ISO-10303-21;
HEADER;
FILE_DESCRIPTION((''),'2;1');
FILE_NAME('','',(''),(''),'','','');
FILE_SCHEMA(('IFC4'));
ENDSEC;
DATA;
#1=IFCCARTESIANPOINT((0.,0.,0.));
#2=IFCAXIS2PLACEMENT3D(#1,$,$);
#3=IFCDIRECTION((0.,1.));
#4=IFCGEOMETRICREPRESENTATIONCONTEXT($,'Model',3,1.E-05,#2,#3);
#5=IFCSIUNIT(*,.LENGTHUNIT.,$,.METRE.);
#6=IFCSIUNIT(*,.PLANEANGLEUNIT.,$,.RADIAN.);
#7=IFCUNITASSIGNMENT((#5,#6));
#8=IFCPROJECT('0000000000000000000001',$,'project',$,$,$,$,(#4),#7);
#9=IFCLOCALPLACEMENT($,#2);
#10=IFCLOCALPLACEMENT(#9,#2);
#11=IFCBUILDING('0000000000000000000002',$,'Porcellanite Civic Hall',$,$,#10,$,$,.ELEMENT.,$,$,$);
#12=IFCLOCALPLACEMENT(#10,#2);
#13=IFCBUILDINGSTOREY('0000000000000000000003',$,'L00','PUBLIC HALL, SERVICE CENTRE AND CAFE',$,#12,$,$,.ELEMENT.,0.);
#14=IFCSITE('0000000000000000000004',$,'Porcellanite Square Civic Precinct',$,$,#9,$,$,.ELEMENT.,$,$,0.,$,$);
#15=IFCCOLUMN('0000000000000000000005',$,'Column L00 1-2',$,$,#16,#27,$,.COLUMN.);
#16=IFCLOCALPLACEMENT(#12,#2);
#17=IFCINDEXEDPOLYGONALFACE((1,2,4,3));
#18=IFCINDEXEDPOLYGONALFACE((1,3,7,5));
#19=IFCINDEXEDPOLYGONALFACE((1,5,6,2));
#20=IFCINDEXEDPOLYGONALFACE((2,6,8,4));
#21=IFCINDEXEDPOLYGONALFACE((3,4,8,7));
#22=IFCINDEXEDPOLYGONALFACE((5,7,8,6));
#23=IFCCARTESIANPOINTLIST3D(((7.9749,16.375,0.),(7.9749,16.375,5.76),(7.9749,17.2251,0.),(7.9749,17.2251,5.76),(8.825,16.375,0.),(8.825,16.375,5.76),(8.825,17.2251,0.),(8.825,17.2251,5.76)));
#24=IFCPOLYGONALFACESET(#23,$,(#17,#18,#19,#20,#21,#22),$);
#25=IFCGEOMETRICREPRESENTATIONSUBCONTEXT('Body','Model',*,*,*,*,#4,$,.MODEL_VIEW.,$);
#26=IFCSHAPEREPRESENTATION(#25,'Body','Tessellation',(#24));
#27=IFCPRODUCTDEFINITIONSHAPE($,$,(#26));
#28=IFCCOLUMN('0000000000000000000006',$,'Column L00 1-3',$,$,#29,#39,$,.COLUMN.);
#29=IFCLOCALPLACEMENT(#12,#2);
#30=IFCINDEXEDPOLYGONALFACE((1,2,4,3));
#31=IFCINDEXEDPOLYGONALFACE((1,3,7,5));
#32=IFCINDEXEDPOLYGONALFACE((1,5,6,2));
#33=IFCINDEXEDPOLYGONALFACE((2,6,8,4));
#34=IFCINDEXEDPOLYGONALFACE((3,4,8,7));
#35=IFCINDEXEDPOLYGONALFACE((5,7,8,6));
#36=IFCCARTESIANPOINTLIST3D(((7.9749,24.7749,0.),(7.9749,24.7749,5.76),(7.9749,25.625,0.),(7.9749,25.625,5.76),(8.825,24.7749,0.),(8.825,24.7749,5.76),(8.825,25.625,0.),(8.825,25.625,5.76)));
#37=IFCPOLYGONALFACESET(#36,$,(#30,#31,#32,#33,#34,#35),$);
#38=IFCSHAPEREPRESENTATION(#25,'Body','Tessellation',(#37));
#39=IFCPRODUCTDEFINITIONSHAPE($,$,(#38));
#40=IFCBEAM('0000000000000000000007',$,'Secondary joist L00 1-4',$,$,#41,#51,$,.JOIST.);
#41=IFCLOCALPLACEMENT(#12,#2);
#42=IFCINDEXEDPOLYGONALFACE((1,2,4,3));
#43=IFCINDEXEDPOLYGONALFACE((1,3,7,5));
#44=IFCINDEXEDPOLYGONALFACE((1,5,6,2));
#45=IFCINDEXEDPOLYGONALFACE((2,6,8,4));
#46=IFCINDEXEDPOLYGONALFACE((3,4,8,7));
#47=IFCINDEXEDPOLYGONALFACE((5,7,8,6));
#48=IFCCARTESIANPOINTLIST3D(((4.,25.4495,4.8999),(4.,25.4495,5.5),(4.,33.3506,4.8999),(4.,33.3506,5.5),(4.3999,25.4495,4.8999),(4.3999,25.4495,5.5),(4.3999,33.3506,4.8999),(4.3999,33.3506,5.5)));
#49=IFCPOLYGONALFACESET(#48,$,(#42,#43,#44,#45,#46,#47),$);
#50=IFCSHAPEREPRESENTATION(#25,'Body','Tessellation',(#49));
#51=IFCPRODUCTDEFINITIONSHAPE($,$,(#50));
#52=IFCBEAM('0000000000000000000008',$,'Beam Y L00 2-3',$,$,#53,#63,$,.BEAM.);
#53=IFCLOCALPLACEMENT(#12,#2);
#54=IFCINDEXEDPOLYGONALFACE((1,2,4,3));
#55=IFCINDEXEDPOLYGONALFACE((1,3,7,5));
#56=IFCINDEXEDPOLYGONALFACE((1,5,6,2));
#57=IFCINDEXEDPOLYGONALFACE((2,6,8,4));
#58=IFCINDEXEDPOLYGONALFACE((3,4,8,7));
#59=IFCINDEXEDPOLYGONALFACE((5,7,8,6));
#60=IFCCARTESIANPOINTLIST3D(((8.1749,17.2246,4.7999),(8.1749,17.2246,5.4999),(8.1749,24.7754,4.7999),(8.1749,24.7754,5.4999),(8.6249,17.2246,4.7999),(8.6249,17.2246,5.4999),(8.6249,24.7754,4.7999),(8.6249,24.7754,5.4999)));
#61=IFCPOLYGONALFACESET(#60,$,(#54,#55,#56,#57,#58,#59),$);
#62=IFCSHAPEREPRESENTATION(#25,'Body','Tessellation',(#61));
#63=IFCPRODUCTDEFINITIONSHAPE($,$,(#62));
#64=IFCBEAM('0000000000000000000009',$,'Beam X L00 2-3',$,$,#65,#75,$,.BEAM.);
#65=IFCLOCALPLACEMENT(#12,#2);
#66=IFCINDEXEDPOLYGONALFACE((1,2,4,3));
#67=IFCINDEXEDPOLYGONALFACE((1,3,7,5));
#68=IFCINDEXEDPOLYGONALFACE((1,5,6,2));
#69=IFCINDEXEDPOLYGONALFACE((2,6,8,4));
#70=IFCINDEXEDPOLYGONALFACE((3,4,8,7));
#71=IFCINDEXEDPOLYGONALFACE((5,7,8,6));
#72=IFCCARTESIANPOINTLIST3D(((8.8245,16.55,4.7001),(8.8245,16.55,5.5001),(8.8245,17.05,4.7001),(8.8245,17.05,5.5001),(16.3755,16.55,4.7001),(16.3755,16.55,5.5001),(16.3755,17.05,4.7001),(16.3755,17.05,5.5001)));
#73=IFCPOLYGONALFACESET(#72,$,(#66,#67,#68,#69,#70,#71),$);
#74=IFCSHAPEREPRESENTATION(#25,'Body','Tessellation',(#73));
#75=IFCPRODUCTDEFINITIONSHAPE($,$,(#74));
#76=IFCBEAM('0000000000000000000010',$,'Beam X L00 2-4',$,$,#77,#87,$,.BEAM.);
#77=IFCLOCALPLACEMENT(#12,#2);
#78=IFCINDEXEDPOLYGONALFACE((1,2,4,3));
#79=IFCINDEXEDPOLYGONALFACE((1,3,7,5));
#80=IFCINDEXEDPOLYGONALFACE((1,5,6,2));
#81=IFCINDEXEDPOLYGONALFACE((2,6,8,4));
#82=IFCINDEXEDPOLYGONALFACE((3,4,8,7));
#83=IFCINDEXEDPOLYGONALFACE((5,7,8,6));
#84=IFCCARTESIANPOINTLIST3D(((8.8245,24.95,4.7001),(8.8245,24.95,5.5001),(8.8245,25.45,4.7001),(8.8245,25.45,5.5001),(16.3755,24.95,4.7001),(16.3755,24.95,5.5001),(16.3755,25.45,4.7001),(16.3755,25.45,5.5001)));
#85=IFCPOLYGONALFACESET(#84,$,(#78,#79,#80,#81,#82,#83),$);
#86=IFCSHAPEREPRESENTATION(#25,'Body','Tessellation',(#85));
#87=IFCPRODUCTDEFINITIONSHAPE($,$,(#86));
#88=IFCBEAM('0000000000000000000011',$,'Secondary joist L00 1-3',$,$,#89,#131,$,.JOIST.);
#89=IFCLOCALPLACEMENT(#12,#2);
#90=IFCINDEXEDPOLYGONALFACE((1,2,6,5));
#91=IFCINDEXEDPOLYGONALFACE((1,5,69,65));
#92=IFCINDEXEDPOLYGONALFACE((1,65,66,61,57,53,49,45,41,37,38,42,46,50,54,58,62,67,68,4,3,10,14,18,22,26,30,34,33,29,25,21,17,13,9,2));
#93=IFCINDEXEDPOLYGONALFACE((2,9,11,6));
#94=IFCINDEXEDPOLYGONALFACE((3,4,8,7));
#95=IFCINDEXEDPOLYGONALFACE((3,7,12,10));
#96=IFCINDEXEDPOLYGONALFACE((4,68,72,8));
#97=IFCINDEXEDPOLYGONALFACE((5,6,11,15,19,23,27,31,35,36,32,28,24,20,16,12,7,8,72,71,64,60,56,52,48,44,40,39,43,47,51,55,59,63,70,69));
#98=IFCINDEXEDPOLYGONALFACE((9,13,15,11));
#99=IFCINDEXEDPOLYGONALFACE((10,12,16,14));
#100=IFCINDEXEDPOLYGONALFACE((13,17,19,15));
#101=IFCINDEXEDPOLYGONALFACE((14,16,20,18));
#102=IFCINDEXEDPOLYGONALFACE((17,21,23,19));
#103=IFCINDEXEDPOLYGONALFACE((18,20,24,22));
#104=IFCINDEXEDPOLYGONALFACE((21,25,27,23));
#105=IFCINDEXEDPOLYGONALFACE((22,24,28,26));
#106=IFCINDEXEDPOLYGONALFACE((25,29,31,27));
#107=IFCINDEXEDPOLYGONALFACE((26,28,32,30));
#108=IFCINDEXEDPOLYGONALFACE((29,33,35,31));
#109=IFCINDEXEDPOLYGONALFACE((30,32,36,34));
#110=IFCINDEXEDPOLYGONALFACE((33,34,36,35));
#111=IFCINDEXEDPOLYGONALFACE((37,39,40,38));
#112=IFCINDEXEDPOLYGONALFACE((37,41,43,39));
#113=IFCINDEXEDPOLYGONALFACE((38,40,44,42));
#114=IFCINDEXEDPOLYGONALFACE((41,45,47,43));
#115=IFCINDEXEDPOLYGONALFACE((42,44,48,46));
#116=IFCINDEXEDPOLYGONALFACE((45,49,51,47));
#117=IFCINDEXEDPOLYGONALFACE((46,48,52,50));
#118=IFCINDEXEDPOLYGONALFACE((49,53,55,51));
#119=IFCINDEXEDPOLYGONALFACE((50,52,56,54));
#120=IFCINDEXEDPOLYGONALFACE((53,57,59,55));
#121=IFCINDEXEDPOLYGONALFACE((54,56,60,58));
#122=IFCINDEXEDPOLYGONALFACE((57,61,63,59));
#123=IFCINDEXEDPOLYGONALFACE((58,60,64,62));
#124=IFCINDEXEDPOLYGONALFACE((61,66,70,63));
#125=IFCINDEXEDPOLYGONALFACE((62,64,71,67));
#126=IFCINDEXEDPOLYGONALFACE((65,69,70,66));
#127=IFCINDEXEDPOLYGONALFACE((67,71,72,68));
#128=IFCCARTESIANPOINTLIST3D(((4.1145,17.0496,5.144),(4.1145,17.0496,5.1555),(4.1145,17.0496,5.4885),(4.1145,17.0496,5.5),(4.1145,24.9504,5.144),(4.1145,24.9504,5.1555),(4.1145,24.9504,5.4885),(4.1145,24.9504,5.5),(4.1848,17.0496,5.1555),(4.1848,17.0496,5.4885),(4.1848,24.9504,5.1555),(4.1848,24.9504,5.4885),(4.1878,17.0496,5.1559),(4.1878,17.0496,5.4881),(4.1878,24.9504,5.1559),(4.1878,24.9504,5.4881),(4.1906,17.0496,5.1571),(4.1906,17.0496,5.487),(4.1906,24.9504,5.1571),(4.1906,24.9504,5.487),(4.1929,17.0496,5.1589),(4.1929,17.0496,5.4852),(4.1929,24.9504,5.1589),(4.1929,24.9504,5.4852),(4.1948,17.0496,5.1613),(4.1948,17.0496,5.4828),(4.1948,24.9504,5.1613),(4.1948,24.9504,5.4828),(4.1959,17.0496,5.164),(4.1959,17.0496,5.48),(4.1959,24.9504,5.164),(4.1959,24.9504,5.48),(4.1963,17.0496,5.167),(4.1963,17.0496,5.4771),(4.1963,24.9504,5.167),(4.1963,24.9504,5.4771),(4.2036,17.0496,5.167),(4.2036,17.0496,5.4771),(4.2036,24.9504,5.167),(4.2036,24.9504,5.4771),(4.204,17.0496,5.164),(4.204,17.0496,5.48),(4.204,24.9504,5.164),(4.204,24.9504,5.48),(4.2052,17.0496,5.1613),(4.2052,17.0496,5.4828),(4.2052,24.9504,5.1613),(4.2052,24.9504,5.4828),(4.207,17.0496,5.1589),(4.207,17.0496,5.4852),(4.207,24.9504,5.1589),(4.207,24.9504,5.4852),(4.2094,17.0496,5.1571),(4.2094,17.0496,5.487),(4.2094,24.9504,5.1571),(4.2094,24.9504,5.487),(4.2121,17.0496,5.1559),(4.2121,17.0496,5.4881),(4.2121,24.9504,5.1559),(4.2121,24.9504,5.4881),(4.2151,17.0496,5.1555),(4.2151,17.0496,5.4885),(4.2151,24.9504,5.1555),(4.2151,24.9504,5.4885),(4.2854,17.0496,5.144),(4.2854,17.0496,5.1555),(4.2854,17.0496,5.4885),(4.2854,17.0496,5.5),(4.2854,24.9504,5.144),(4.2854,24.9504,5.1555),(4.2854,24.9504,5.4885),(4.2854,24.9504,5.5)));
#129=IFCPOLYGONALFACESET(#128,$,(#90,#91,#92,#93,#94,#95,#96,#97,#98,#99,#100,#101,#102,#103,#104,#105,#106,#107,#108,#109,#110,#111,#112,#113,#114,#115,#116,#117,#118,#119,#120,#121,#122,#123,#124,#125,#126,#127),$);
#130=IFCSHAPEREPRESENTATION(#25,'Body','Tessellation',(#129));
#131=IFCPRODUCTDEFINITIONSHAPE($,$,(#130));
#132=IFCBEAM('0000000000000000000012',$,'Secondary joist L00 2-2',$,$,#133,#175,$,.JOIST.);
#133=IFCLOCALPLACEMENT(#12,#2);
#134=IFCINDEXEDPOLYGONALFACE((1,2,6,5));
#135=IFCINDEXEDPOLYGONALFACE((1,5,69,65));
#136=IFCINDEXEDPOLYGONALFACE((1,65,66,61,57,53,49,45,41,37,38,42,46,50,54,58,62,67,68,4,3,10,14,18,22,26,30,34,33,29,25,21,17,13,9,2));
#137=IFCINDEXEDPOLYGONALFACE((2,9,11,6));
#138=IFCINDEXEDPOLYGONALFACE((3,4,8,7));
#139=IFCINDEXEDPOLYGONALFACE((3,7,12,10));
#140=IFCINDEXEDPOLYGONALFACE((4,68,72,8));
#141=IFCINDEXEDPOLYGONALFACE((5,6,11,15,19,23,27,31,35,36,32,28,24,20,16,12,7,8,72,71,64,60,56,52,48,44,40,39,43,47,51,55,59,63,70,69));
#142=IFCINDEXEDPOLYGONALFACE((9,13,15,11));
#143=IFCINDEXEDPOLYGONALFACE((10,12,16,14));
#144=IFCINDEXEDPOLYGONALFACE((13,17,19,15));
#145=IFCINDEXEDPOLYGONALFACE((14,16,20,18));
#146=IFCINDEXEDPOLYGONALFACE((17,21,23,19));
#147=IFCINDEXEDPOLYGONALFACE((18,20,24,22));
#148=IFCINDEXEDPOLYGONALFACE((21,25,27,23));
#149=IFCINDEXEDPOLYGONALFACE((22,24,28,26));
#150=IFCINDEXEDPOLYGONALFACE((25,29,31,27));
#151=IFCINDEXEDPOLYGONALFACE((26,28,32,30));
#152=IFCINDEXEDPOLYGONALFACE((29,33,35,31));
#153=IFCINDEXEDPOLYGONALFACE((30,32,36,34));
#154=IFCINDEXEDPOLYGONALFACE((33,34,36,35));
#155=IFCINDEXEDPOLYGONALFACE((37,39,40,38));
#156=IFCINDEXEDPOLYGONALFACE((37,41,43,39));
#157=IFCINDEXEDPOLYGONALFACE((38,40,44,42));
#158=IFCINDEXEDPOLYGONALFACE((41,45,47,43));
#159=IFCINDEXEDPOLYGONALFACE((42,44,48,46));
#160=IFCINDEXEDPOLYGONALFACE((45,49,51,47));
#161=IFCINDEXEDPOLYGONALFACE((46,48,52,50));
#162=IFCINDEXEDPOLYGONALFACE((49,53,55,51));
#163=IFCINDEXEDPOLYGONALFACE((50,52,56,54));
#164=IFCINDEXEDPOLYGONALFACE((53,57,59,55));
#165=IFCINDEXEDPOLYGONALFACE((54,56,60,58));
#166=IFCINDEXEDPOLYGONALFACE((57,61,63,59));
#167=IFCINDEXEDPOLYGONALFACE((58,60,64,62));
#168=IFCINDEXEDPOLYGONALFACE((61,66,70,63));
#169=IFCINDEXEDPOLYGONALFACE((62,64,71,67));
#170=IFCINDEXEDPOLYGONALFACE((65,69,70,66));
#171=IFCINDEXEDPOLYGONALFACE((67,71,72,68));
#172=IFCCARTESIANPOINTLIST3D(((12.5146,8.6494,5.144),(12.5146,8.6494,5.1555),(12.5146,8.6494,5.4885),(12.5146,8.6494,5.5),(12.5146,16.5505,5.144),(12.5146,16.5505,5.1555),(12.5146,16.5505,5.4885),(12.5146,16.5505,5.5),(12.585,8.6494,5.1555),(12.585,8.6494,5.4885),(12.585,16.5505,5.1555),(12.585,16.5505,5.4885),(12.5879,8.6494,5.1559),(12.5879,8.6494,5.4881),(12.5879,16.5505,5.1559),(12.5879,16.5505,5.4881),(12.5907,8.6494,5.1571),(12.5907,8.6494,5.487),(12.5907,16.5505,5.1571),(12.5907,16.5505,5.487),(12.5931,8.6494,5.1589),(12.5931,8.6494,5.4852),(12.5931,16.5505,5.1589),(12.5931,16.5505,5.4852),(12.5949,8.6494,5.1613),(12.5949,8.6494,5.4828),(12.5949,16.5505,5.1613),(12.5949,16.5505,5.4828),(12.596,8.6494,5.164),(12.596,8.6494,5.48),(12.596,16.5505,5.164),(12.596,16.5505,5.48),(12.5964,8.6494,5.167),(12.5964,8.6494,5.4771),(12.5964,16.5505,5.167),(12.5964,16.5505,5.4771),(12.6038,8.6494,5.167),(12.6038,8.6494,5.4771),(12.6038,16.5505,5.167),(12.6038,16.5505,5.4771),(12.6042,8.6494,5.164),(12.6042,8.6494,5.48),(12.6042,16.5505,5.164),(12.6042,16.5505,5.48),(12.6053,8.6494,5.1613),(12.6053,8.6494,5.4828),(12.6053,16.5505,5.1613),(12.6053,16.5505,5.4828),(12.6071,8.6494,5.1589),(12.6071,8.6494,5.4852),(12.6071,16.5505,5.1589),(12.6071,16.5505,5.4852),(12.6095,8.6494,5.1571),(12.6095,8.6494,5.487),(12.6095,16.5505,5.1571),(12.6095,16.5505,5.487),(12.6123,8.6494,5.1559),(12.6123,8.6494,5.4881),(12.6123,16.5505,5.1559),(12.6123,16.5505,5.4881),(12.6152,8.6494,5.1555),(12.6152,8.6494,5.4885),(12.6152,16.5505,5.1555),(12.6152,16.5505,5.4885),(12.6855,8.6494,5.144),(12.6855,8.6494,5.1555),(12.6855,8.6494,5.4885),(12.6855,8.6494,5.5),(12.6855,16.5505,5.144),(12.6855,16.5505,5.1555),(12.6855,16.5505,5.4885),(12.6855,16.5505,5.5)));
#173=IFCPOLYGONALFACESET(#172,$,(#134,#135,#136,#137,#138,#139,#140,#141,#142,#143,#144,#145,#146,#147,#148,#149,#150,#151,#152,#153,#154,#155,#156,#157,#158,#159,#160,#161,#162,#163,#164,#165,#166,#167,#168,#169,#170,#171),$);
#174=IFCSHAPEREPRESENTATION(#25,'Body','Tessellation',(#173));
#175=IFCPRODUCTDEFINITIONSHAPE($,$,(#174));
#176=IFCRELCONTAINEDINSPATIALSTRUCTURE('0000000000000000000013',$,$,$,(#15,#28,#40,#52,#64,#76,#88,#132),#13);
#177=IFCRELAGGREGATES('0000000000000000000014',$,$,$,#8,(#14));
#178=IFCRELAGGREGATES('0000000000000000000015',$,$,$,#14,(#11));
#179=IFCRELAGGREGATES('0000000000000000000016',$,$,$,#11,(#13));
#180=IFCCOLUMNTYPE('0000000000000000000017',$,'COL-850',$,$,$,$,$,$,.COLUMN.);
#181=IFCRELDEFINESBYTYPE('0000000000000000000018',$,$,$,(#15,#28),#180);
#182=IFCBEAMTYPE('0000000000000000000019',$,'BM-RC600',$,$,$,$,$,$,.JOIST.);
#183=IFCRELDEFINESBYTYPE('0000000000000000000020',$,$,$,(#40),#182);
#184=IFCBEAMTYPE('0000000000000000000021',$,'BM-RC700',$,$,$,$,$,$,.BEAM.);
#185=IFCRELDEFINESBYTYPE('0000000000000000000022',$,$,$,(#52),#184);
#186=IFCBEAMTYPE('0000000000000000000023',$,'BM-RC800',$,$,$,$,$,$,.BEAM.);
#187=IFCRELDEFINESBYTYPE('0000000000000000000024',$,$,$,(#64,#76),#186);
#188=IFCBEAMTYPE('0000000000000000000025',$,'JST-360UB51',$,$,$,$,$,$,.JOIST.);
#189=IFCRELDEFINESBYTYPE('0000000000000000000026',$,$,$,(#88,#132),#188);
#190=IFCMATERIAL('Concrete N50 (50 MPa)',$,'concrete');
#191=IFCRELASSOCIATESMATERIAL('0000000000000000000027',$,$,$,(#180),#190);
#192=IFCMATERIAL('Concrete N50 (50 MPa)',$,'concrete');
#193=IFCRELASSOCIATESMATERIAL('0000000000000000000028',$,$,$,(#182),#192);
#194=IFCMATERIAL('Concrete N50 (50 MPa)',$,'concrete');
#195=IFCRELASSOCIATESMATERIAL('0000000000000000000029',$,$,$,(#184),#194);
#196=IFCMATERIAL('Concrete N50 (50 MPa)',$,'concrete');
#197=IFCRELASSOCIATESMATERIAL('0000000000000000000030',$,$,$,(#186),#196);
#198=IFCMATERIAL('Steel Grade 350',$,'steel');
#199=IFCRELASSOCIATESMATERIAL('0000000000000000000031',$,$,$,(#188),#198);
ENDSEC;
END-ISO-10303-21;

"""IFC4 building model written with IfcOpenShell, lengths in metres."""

from ifc_helpers import new_model, si_unit, direction, frame, origin, origin_2d, place, context, subcontext, project, spatial, rectangle, i_section, extrude, material, material_profile, profile_set, type_object, element, save


model = new_model("IFC4")

# Units and contexts
model_context = context("Model", 3, precision=1e-05, world=origin(), true_north=direction((0.0, 1.0)))
body_context = subcontext(model_context, "Body", "Model", "MODEL_VIEW")
ifc_project = project(units=[si_unit("LENGTHUNIT", "METRE"), si_unit("PLANEANGLEUNIT", "RADIAN")], contexts=[model_context])

# Site, building, storey
site_placement = place(None, origin())
site = spatial("IfcSite", under=ifc_project, at=site_placement, Name="Porcellanite Square Civic Precinct", CompositionType="ELEMENT", RefElevation=0.0)
building_placement = place(site_placement, origin())
building = spatial("IfcBuilding", under=site, at=building_placement, Name="Porcellanite Civic Hall", CompositionType="ELEMENT")
storey_placement = place(building_placement, origin())
storey = spatial("IfcBuildingStorey", under=building, at=storey_placement, Name="L00", Description="PUBLIC HALL, SERVICE CENTRE AND CAFE", CompositionType="ELEMENT", Elevation=0.0)

# Columns
ifc_material_1 = material(Name="Concrete N50 (50 MPa)", Category="concrete")
ifc_material_profile_1 = material_profile(ifc_material_1, rectangle(XDim=0.8501, YDim=0.8501, at=origin_2d()), Name="RC-850x850")
ifc_profile_set_1 = profile_set([ifc_material_profile_1], Name="Concrete N50 (50 MPa)")
column_type = type_object("IfcColumnType", Name="COL-850", PredefinedType="COLUMN", material=ifc_profile_set_1)
for number, where, z_axis, x_axis, name in (
    (1, (8.3999, 16.8, 0.0), (0.0, 0.0, 1.0), (1.0, 0.0, 0.0), "Column L00 1-2"),
    (2, (8.3999, 25.2, 0.0), (0.0, 0.0, 1.0), (1.0, 0.0, 0.0), "Column L00 1-3"),
):
    element("IfcColumn", number, at=place(storey_placement, frame(where, z_axis=z_axis, x_axis=x_axis)), inside=storey, type_object=column_type, Name=name, PredefinedType="COLUMN", context=body_context, shape_type="SweptSolid", body=[
        extrude(rectangle(XDim=0.8501, YDim=0.8501, at=origin_2d()), origin(), (0.0, 0.0, 1.0), 5.76),
    ])

# Beams
ifc_material_2 = material(Name="Concrete N50 (50 MPa)", Category="concrete")
ifc_material_profile_2 = material_profile(ifc_material_2, rectangle(XDim=0.3999, YDim=0.6001, at=origin_2d()), Name="RC-400x600")
ifc_profile_set_2 = profile_set([ifc_material_profile_2], Name="Concrete N50 (50 MPa)")
beam_type_1 = type_object("IfcBeamType", Name="BM-RC600", PredefinedType="JOIST", material=ifc_profile_set_2)
beam_1_placement = place(storey_placement, frame((4.2, 25.4495, 5.2), z_axis=(0.0, 1.0, 0.0), x_axis=(-1.0, 0.0, 0.0)))
element("IfcBeam", 3, at=beam_1_placement, inside=storey, type_object=beam_type_1, Name="Secondary joist L00 1-4", PredefinedType="JOIST", context=body_context, shape_type="SweptSolid", body=[
    extrude(rectangle(XDim=0.3999, YDim=0.6001, at=origin_2d()), origin(), (0.0, 0.0, 1.0), 7.9011),
])
ifc_material_3 = material(Name="Concrete N50 (50 MPa)", Category="concrete")
ifc_material_profile_3 = material_profile(ifc_material_3, rectangle(XDim=0.45, YDim=0.7, at=origin_2d()), Name="RC-450x700")
ifc_profile_set_3 = profile_set([ifc_material_profile_3], Name="Concrete N50 (50 MPa)")
beam_type_2 = type_object("IfcBeamType", Name="BM-RC700", PredefinedType="BEAM", material=ifc_profile_set_3)
beam_2_placement = place(storey_placement, frame((8.3999, 17.2246, 5.1499), z_axis=(0.0, 1.0, 0.0), x_axis=(-1.0, 0.0, 0.0)))
element("IfcBeam", 4, at=beam_2_placement, inside=storey, type_object=beam_type_2, Name="Beam Y L00 2-3", PredefinedType="BEAM", context=body_context, shape_type="SweptSolid", body=[
    extrude(rectangle(XDim=0.45, YDim=0.7, at=origin_2d()), origin(), (0.0, 0.0, 1.0), 7.5508),
])
ifc_material_4 = material(Name="Concrete N50 (50 MPa)", Category="concrete")
ifc_material_profile_4 = material_profile(ifc_material_4, rectangle(XDim=0.5, YDim=0.8, at=origin_2d()), Name="RC-500x800")
ifc_profile_set_4 = profile_set([ifc_material_profile_4], Name="Concrete N50 (50 MPa)")
beam_type_3 = type_object("IfcBeamType", Name="BM-RC800", PredefinedType="BEAM", material=ifc_profile_set_4)
for number, where, z_axis, x_axis, name in (
    (5, (8.8245, 16.8, 5.1001), (1.0, 0.0, 0.0), (0.0, 1.0, 0.0), "Beam X L00 2-3"),
    (6, (8.8245, 25.2, 5.1001), (1.0, 0.0, 0.0), (0.0, 1.0, 0.0), "Beam X L00 2-4"),
):
    element("IfcBeam", number, at=place(storey_placement, frame(where, z_axis=z_axis, x_axis=x_axis)), inside=storey, type_object=beam_type_3, Name=name, PredefinedType="BEAM", context=body_context, shape_type="SweptSolid", body=[
        extrude(rectangle(XDim=0.5, YDim=0.8, at=origin_2d()), origin(), (0.0, 0.0, 1.0), 7.551),
    ])
ifc_material_5 = material(Name="Steel Grade 350", Category="steel")
ifc_material_profile_5 = material_profile(ifc_material_5, i_section(OverallWidth=0.1709, OverallDepth=0.356, WebThickness=0.0073, FlangeThickness=0.0115, FilletRadius=0.0115, at=origin_2d()), Name="360UB50.7")
ifc_profile_set_5 = profile_set([ifc_material_profile_5], Name="Steel Grade 350")
beam_type_4 = type_object("IfcBeamType", Name="JST-360UB51", PredefinedType="JOIST", material=ifc_profile_set_5)
beam_3_placement = place(storey_placement, frame((4.2, 17.0496, 5.322), z_axis=(0.0, 1.0, 0.0), x_axis=(-1.0, 0.0, 0.0)))
element("IfcBeam", 7, at=beam_3_placement, inside=storey, type_object=beam_type_4, Name="Secondary joist L00 1-3", PredefinedType="JOIST", context=body_context, shape_type="SweptSolid", body=[
    extrude(i_section(OverallWidth=0.1709, OverallDepth=0.356, WebThickness=0.0073, FlangeThickness=0.0115, FilletRadius=0.0115, at=origin_2d()), origin(), (0.0, 0.0, 1.0), 7.9009),
])
beam_4_placement = place(storey_placement, frame((12.6001, 8.6494, 5.322), z_axis=(0.0, 1.0, 0.0), x_axis=(-1.0, 0.0, 0.0)))
element("IfcBeam", 8, at=beam_4_placement, inside=storey, type_object=beam_type_4, Name="Secondary joist L00 2-2", PredefinedType="JOIST", context=body_context, shape_type="SweptSolid", body=[
    extrude(i_section(OverallWidth=0.1709, OverallDepth=0.356, WebThickness=0.0073, FlangeThickness=0.0115, FilletRadius=0.0115, at=origin_2d()), origin(), (0.0, 0.0, 1.0), 7.9011),
])

save(model, "model.ifc")
